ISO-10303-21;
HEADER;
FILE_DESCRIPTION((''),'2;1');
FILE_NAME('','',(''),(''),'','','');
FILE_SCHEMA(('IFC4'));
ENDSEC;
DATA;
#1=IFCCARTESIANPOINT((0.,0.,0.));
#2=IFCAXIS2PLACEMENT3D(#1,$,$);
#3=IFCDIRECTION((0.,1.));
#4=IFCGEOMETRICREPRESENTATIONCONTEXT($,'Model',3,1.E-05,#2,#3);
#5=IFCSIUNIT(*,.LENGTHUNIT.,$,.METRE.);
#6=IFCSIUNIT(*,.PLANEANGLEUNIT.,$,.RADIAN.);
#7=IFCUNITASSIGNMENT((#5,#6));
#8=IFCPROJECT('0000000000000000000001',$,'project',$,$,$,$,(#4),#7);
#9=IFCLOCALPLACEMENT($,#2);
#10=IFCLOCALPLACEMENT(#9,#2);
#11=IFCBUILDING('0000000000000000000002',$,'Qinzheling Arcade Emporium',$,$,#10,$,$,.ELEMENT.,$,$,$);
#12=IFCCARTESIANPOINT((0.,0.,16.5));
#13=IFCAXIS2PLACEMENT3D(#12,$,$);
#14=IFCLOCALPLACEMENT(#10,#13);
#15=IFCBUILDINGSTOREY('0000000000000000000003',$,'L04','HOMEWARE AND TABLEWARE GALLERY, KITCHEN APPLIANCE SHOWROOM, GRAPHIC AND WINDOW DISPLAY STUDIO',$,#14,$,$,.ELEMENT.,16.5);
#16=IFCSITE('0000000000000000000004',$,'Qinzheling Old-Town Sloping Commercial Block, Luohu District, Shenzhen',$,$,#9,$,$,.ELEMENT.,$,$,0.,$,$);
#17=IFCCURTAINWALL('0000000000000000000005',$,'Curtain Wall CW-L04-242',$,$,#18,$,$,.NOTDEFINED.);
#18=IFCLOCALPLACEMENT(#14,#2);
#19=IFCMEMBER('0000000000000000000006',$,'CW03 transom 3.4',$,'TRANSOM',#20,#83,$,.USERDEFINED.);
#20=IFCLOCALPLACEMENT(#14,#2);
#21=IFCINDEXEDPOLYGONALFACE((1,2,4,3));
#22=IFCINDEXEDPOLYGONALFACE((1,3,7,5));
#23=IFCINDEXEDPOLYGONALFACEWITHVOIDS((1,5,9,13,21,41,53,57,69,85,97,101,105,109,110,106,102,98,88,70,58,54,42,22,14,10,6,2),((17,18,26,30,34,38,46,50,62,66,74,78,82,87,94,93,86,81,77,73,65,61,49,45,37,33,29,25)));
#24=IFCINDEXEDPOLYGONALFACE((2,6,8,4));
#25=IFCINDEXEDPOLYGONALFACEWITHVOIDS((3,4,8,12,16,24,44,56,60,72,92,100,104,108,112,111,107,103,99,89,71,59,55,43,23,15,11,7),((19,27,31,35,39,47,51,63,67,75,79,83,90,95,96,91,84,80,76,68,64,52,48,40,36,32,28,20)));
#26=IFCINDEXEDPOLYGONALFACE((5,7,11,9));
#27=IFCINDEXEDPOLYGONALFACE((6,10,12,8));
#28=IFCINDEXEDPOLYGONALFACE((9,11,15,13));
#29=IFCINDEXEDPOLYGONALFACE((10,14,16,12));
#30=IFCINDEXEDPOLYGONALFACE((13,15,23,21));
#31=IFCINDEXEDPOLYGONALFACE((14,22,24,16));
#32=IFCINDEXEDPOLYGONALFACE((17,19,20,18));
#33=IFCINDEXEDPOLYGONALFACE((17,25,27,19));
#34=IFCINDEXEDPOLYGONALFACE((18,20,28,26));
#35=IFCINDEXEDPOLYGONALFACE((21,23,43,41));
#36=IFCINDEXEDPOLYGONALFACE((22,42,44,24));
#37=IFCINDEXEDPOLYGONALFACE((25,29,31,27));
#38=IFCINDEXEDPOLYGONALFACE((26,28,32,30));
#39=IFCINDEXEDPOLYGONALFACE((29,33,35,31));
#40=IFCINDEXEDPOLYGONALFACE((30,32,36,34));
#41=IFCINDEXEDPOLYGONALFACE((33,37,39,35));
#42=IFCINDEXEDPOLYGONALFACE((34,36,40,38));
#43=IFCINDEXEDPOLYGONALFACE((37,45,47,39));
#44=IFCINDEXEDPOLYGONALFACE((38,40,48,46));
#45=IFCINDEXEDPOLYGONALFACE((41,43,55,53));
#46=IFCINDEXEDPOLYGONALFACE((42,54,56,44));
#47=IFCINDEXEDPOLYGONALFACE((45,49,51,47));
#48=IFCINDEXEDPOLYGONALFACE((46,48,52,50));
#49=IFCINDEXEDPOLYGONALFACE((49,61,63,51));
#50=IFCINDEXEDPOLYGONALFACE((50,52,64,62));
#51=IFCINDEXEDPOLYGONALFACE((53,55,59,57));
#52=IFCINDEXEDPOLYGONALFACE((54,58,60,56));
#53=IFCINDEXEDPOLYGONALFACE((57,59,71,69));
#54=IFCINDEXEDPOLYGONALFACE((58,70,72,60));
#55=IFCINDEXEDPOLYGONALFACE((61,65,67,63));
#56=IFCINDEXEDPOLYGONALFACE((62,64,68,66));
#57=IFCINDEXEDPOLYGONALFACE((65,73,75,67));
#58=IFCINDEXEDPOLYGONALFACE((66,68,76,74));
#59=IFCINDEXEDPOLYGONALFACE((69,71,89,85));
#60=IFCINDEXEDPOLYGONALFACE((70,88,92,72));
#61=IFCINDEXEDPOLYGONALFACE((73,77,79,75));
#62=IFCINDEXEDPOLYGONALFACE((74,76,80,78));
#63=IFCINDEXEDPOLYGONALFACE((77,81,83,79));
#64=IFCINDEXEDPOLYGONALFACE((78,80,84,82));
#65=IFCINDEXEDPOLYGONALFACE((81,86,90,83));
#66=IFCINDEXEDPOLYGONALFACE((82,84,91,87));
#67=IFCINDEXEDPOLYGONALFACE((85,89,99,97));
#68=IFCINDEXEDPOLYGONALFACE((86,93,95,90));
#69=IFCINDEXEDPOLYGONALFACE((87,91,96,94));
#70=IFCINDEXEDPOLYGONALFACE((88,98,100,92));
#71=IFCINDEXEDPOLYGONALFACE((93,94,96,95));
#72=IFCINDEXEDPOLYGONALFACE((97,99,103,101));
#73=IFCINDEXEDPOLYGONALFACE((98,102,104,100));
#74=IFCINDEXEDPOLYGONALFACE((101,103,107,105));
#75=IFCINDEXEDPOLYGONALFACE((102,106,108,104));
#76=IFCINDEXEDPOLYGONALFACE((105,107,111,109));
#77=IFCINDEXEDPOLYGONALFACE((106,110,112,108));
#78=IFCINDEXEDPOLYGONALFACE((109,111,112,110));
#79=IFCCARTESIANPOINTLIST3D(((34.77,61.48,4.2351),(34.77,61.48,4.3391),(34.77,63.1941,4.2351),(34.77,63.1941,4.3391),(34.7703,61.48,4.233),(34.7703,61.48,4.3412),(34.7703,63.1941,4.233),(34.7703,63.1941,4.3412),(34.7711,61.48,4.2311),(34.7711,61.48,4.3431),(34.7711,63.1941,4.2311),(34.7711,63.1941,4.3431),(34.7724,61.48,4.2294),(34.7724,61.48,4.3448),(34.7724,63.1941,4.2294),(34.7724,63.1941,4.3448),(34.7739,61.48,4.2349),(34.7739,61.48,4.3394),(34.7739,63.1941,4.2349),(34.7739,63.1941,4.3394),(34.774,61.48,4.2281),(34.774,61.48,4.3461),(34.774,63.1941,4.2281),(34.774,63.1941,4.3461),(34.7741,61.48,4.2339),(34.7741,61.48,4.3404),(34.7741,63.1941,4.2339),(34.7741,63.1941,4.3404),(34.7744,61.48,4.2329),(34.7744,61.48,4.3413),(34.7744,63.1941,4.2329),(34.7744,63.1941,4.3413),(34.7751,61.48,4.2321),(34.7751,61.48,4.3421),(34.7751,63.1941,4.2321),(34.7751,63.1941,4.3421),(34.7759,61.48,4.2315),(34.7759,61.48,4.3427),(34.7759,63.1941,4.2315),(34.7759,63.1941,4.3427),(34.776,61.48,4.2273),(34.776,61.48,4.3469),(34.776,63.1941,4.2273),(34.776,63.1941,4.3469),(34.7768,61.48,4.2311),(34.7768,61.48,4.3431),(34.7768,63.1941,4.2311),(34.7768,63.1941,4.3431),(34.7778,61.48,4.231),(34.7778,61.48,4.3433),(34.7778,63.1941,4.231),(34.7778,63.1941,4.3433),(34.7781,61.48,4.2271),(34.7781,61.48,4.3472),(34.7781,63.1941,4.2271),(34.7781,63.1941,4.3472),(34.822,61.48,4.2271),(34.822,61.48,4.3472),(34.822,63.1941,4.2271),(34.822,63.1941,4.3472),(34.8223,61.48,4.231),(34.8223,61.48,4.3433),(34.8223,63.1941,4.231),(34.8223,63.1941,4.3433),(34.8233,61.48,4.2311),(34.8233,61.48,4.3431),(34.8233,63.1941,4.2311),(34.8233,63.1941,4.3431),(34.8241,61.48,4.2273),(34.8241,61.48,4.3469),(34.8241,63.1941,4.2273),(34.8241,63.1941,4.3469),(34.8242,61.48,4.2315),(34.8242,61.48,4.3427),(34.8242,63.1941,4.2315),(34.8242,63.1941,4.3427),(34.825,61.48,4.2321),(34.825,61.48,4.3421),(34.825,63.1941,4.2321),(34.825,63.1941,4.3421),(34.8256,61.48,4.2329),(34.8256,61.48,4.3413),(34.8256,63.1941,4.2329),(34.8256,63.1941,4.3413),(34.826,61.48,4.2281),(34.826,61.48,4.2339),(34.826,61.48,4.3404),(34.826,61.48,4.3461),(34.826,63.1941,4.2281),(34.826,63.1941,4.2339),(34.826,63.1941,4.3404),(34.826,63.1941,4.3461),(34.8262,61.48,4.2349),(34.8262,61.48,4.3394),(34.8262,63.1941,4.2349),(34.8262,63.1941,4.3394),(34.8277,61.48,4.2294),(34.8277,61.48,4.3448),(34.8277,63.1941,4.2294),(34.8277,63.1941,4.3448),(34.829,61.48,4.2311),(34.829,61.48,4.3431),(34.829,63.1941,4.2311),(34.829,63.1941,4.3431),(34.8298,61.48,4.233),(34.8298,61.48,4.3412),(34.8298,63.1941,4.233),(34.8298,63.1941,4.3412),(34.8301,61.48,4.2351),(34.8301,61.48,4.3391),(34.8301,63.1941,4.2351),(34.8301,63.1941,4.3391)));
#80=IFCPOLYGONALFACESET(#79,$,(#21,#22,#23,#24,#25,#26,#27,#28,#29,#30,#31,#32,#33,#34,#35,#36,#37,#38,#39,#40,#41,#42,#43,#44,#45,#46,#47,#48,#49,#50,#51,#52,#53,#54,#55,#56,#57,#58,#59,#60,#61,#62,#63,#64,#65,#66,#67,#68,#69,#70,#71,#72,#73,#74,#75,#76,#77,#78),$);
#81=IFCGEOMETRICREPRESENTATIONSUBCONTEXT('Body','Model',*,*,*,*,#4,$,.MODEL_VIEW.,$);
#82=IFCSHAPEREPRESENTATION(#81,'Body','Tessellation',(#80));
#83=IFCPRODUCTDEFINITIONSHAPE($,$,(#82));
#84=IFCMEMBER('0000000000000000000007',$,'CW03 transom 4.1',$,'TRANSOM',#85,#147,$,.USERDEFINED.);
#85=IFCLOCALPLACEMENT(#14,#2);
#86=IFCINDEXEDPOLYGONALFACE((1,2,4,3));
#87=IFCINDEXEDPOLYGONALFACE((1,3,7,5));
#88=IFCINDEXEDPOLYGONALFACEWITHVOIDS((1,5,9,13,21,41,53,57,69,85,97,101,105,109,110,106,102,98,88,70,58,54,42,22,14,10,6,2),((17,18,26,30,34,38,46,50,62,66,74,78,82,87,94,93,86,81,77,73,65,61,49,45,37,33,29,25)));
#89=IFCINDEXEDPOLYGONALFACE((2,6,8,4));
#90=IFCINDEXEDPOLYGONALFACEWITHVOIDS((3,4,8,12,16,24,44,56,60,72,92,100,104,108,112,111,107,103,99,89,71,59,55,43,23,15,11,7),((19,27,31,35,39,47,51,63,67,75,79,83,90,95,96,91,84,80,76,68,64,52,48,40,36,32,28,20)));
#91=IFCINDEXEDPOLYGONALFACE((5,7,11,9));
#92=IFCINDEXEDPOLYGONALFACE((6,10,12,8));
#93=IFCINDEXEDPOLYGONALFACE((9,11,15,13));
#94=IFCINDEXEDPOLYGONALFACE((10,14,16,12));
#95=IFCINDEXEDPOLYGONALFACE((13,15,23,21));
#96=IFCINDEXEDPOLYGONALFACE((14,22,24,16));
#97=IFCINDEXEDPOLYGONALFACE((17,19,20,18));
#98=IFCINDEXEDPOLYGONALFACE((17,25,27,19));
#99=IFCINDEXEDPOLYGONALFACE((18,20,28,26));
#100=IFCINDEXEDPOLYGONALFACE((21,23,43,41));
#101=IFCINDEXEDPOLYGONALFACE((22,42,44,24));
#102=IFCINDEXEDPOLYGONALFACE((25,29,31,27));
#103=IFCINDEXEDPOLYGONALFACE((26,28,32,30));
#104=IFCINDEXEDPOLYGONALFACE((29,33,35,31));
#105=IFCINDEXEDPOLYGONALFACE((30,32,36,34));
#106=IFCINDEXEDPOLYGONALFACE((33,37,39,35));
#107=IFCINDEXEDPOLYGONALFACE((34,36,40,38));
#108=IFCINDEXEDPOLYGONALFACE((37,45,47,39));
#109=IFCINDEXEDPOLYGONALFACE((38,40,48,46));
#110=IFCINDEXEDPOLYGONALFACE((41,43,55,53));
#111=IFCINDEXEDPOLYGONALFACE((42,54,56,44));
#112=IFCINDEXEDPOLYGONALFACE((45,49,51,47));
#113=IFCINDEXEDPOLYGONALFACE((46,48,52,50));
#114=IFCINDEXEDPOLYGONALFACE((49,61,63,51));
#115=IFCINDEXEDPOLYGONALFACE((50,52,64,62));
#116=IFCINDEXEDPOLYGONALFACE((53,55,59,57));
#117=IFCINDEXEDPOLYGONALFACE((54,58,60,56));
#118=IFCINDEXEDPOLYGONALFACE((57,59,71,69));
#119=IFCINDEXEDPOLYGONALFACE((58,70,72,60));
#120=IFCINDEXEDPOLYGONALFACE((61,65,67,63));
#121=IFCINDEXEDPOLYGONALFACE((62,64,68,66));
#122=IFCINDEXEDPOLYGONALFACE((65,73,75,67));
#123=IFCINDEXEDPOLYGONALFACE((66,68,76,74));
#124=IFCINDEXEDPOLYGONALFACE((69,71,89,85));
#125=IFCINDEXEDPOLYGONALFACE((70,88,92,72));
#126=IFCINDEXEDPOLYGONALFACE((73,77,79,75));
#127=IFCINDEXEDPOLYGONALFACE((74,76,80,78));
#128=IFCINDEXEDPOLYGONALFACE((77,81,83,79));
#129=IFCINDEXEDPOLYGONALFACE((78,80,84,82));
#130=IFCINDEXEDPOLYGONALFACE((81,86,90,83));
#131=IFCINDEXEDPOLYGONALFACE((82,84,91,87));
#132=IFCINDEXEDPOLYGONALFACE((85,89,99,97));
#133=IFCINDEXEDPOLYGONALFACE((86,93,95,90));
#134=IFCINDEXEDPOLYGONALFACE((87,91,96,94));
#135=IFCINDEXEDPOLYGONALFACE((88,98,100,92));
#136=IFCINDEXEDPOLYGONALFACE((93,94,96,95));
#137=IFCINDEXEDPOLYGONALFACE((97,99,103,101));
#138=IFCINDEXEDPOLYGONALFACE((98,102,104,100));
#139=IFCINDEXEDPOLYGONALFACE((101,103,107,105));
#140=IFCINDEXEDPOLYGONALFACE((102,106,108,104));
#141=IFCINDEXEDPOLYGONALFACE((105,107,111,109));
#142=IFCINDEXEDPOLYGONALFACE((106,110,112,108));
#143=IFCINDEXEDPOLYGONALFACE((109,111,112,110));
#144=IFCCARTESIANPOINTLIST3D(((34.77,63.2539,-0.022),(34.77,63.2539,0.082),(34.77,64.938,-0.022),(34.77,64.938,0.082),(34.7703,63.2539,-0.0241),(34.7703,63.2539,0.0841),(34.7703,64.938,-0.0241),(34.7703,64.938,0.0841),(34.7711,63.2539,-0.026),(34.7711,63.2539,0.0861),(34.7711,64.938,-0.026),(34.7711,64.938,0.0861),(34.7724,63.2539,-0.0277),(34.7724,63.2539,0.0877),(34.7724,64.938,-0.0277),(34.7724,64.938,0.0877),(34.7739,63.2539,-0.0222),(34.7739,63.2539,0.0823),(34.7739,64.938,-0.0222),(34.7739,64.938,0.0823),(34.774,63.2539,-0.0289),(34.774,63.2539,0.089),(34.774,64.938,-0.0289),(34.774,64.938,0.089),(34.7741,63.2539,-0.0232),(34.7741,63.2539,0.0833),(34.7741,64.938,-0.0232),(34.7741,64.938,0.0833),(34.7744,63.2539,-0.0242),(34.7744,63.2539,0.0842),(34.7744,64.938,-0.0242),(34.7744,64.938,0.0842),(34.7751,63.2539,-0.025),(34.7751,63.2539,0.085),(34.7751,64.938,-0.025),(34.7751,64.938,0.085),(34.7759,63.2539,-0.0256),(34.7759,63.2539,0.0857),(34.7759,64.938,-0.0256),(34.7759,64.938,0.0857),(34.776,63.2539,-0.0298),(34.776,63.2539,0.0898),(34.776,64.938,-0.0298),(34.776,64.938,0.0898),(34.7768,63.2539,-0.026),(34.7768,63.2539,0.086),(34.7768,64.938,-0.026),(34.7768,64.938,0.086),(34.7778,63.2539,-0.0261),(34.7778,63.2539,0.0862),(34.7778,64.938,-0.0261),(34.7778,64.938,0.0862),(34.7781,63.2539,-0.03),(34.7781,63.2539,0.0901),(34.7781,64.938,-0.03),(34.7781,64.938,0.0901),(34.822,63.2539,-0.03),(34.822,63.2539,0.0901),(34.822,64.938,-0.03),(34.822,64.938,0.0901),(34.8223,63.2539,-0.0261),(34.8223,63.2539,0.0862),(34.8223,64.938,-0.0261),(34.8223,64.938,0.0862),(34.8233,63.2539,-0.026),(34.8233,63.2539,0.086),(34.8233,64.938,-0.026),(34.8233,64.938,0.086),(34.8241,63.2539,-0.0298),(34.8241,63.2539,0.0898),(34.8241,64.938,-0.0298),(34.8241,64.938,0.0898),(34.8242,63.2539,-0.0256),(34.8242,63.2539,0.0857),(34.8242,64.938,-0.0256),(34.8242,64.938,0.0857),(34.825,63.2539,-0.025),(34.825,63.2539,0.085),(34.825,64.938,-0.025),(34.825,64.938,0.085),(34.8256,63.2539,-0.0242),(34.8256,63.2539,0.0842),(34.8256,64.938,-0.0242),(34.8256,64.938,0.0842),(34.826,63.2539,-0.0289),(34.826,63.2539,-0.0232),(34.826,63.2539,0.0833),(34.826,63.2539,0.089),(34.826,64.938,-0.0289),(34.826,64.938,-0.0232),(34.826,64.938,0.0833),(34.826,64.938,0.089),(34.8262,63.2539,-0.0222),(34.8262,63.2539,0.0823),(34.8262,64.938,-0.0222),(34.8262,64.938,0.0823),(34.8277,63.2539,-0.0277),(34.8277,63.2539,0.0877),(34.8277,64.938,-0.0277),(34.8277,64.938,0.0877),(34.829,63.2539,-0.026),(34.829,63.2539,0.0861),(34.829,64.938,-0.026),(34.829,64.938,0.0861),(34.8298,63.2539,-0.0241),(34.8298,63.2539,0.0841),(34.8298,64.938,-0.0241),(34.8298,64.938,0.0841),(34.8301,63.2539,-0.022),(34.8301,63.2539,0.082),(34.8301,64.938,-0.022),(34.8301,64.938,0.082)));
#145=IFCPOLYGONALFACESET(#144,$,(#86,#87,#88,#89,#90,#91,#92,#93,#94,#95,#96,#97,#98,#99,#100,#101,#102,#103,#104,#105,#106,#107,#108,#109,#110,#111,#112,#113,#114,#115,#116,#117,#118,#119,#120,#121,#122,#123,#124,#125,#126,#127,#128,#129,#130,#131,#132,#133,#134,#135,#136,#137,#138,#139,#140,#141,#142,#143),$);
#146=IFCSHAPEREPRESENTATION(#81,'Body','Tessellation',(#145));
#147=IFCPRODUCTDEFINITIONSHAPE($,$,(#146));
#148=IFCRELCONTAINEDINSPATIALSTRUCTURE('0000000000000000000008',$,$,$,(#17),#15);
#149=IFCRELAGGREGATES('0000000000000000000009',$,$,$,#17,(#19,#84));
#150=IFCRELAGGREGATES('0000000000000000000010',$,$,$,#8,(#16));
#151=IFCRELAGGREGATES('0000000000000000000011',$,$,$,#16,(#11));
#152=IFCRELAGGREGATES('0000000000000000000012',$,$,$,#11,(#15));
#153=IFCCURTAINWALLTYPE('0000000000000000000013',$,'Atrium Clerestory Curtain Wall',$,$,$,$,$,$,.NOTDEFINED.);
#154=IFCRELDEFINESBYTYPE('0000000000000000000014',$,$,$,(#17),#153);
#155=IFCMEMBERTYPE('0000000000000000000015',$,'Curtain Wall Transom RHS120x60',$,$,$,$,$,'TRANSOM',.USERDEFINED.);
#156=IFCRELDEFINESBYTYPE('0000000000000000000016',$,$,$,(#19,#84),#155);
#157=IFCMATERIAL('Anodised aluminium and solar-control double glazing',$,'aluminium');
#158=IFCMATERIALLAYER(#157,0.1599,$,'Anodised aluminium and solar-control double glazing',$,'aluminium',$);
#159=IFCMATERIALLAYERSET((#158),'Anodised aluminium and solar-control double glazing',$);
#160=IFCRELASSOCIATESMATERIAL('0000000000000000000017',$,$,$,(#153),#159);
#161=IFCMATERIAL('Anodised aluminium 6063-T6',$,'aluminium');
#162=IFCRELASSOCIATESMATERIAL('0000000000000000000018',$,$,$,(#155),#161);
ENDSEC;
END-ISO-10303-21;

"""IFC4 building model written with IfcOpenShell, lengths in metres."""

from ifc_helpers import new_model, si_unit, direction, frame, origin, origin_2d, place, context, subcontext, project, spatial, hollow_rectangle, extrude, material, layer, layer_set, material_profile, profile_set, type_object, element, aggregate, save


model = new_model("IFC4")

# Units and contexts
model_context = context("Model", 3, precision=1e-05, world=origin(), true_north=direction((0.0, 1.0)))
body_context = subcontext(model_context, "Body", "Model", "MODEL_VIEW")
ifc_project = project(units=[si_unit("LENGTHUNIT", "METRE"), si_unit("PLANEANGLEUNIT", "RADIAN")], contexts=[model_context])

# Site, building, storey
site_placement = place(None, origin())
site = spatial("IfcSite", under=ifc_project, at=site_placement, Name="Qinzheling Old-Town Sloping Commercial Block, Luohu District, Shenzhen", CompositionType="ELEMENT", RefElevation=0.0)
building_placement = place(site_placement, origin())
building = spatial("IfcBuilding", under=site, at=building_placement, Name="Qinzheling Arcade Emporium", CompositionType="ELEMENT")
storey_placement = place(building_placement, frame((0.0, 0.0, 16.5)))
storey = spatial("IfcBuildingStorey", under=building, at=storey_placement, Name="L04", Description="HOMEWARE AND TABLEWARE GALLERY, KITCHEN APPLIANCE SHOWROOM, GRAPHIC AND WINDOW DISPLAY STUDIO", CompositionType="ELEMENT", Elevation=16.5)

# Curtain wall, members
ifc_material_1 = material(Name="Anodised aluminium and solar-control double glazing", Category="aluminium")
ifc_layer_1 = layer(ifc_material_1, 0.1599, Name="Anodised aluminium and solar-control double glazing", Category="aluminium")
ifc_layer_set_1 = layer_set([ifc_layer_1], Name="Anodised aluminium and solar-control double glazing")
curtain_wall_type = type_object("IfcCurtainWallType", Name="Atrium Clerestory Curtain Wall", PredefinedType="NOTDEFINED", material=ifc_layer_set_1)
curtain_wall_placement = place(storey_placement, origin())
curtain_wall = element("IfcCurtainWall", 1, at=curtain_wall_placement, inside=storey, type_object=curtain_wall_type, Name="Curtain Wall CW-L04-242", PredefinedType="NOTDEFINED")
ifc_material_2 = material(Name="Anodised aluminium 6063-T6", Category="aluminium")
ifc_material_profile_1 = material_profile(ifc_material_2, hollow_rectangle(XDim=0.0601, YDim=0.1201, WallThickness=0.0039, InnerFilletRadius=0.0039, OuterFilletRadius=0.0081, at=origin_2d()), Name="RHS 120x60x4", Category="aluminium")
ifc_profile_set_1 = profile_set([ifc_material_profile_1], Name="Anodised aluminium 6063-T6")
member_type_1 = type_object("IfcMemberType", Name="Curtain Wall Transom RHS120x60", ElementType="TRANSOM", PredefinedType="USERDEFINED", material=ifc_profile_set_1)
member_1_placement = place(storey_placement, frame((34.8, 61.48, 4.2871), z_axis=(0.0, 1.0, 0.0), x_axis=(-1.0, 0.0, 0.0)))
member_1 = element("IfcMember", 2, at=member_1_placement, type_object=member_type_1, Name="CW03 transom 3.4", ObjectType="TRANSOM", PredefinedType="USERDEFINED", context=body_context, shape_type="SweptSolid", body=[
    extrude(hollow_rectangle(XDim=0.0601, YDim=0.1201, WallThickness=0.0039, InnerFilletRadius=0.0039, OuterFilletRadius=0.0081, at=origin_2d()), origin(), (0.0, 0.0, 1.0), 1.7141),
])
member_2_placement = place(storey_placement, frame((34.8, 63.2539, 0.03), z_axis=(0.0, 1.0, 0.0), x_axis=(-1.0, 0.0, 0.0)))
member_2 = element("IfcMember", 3, at=member_2_placement, type_object=member_type_1, Name="CW03 transom 4.1", ObjectType="TRANSOM", PredefinedType="USERDEFINED", context=body_context, shape_type="SweptSolid", body=[
    extrude(hollow_rectangle(XDim=0.0601, YDim=0.1201, WallThickness=0.0039, InnerFilletRadius=0.0039, OuterFilletRadius=0.0081, at=origin_2d()), origin(), (0.0, 0.0, 1.0), 1.6841),
])
aggregate(curtain_wall, [member_1, member_2])

save(model, "model.ifc")
